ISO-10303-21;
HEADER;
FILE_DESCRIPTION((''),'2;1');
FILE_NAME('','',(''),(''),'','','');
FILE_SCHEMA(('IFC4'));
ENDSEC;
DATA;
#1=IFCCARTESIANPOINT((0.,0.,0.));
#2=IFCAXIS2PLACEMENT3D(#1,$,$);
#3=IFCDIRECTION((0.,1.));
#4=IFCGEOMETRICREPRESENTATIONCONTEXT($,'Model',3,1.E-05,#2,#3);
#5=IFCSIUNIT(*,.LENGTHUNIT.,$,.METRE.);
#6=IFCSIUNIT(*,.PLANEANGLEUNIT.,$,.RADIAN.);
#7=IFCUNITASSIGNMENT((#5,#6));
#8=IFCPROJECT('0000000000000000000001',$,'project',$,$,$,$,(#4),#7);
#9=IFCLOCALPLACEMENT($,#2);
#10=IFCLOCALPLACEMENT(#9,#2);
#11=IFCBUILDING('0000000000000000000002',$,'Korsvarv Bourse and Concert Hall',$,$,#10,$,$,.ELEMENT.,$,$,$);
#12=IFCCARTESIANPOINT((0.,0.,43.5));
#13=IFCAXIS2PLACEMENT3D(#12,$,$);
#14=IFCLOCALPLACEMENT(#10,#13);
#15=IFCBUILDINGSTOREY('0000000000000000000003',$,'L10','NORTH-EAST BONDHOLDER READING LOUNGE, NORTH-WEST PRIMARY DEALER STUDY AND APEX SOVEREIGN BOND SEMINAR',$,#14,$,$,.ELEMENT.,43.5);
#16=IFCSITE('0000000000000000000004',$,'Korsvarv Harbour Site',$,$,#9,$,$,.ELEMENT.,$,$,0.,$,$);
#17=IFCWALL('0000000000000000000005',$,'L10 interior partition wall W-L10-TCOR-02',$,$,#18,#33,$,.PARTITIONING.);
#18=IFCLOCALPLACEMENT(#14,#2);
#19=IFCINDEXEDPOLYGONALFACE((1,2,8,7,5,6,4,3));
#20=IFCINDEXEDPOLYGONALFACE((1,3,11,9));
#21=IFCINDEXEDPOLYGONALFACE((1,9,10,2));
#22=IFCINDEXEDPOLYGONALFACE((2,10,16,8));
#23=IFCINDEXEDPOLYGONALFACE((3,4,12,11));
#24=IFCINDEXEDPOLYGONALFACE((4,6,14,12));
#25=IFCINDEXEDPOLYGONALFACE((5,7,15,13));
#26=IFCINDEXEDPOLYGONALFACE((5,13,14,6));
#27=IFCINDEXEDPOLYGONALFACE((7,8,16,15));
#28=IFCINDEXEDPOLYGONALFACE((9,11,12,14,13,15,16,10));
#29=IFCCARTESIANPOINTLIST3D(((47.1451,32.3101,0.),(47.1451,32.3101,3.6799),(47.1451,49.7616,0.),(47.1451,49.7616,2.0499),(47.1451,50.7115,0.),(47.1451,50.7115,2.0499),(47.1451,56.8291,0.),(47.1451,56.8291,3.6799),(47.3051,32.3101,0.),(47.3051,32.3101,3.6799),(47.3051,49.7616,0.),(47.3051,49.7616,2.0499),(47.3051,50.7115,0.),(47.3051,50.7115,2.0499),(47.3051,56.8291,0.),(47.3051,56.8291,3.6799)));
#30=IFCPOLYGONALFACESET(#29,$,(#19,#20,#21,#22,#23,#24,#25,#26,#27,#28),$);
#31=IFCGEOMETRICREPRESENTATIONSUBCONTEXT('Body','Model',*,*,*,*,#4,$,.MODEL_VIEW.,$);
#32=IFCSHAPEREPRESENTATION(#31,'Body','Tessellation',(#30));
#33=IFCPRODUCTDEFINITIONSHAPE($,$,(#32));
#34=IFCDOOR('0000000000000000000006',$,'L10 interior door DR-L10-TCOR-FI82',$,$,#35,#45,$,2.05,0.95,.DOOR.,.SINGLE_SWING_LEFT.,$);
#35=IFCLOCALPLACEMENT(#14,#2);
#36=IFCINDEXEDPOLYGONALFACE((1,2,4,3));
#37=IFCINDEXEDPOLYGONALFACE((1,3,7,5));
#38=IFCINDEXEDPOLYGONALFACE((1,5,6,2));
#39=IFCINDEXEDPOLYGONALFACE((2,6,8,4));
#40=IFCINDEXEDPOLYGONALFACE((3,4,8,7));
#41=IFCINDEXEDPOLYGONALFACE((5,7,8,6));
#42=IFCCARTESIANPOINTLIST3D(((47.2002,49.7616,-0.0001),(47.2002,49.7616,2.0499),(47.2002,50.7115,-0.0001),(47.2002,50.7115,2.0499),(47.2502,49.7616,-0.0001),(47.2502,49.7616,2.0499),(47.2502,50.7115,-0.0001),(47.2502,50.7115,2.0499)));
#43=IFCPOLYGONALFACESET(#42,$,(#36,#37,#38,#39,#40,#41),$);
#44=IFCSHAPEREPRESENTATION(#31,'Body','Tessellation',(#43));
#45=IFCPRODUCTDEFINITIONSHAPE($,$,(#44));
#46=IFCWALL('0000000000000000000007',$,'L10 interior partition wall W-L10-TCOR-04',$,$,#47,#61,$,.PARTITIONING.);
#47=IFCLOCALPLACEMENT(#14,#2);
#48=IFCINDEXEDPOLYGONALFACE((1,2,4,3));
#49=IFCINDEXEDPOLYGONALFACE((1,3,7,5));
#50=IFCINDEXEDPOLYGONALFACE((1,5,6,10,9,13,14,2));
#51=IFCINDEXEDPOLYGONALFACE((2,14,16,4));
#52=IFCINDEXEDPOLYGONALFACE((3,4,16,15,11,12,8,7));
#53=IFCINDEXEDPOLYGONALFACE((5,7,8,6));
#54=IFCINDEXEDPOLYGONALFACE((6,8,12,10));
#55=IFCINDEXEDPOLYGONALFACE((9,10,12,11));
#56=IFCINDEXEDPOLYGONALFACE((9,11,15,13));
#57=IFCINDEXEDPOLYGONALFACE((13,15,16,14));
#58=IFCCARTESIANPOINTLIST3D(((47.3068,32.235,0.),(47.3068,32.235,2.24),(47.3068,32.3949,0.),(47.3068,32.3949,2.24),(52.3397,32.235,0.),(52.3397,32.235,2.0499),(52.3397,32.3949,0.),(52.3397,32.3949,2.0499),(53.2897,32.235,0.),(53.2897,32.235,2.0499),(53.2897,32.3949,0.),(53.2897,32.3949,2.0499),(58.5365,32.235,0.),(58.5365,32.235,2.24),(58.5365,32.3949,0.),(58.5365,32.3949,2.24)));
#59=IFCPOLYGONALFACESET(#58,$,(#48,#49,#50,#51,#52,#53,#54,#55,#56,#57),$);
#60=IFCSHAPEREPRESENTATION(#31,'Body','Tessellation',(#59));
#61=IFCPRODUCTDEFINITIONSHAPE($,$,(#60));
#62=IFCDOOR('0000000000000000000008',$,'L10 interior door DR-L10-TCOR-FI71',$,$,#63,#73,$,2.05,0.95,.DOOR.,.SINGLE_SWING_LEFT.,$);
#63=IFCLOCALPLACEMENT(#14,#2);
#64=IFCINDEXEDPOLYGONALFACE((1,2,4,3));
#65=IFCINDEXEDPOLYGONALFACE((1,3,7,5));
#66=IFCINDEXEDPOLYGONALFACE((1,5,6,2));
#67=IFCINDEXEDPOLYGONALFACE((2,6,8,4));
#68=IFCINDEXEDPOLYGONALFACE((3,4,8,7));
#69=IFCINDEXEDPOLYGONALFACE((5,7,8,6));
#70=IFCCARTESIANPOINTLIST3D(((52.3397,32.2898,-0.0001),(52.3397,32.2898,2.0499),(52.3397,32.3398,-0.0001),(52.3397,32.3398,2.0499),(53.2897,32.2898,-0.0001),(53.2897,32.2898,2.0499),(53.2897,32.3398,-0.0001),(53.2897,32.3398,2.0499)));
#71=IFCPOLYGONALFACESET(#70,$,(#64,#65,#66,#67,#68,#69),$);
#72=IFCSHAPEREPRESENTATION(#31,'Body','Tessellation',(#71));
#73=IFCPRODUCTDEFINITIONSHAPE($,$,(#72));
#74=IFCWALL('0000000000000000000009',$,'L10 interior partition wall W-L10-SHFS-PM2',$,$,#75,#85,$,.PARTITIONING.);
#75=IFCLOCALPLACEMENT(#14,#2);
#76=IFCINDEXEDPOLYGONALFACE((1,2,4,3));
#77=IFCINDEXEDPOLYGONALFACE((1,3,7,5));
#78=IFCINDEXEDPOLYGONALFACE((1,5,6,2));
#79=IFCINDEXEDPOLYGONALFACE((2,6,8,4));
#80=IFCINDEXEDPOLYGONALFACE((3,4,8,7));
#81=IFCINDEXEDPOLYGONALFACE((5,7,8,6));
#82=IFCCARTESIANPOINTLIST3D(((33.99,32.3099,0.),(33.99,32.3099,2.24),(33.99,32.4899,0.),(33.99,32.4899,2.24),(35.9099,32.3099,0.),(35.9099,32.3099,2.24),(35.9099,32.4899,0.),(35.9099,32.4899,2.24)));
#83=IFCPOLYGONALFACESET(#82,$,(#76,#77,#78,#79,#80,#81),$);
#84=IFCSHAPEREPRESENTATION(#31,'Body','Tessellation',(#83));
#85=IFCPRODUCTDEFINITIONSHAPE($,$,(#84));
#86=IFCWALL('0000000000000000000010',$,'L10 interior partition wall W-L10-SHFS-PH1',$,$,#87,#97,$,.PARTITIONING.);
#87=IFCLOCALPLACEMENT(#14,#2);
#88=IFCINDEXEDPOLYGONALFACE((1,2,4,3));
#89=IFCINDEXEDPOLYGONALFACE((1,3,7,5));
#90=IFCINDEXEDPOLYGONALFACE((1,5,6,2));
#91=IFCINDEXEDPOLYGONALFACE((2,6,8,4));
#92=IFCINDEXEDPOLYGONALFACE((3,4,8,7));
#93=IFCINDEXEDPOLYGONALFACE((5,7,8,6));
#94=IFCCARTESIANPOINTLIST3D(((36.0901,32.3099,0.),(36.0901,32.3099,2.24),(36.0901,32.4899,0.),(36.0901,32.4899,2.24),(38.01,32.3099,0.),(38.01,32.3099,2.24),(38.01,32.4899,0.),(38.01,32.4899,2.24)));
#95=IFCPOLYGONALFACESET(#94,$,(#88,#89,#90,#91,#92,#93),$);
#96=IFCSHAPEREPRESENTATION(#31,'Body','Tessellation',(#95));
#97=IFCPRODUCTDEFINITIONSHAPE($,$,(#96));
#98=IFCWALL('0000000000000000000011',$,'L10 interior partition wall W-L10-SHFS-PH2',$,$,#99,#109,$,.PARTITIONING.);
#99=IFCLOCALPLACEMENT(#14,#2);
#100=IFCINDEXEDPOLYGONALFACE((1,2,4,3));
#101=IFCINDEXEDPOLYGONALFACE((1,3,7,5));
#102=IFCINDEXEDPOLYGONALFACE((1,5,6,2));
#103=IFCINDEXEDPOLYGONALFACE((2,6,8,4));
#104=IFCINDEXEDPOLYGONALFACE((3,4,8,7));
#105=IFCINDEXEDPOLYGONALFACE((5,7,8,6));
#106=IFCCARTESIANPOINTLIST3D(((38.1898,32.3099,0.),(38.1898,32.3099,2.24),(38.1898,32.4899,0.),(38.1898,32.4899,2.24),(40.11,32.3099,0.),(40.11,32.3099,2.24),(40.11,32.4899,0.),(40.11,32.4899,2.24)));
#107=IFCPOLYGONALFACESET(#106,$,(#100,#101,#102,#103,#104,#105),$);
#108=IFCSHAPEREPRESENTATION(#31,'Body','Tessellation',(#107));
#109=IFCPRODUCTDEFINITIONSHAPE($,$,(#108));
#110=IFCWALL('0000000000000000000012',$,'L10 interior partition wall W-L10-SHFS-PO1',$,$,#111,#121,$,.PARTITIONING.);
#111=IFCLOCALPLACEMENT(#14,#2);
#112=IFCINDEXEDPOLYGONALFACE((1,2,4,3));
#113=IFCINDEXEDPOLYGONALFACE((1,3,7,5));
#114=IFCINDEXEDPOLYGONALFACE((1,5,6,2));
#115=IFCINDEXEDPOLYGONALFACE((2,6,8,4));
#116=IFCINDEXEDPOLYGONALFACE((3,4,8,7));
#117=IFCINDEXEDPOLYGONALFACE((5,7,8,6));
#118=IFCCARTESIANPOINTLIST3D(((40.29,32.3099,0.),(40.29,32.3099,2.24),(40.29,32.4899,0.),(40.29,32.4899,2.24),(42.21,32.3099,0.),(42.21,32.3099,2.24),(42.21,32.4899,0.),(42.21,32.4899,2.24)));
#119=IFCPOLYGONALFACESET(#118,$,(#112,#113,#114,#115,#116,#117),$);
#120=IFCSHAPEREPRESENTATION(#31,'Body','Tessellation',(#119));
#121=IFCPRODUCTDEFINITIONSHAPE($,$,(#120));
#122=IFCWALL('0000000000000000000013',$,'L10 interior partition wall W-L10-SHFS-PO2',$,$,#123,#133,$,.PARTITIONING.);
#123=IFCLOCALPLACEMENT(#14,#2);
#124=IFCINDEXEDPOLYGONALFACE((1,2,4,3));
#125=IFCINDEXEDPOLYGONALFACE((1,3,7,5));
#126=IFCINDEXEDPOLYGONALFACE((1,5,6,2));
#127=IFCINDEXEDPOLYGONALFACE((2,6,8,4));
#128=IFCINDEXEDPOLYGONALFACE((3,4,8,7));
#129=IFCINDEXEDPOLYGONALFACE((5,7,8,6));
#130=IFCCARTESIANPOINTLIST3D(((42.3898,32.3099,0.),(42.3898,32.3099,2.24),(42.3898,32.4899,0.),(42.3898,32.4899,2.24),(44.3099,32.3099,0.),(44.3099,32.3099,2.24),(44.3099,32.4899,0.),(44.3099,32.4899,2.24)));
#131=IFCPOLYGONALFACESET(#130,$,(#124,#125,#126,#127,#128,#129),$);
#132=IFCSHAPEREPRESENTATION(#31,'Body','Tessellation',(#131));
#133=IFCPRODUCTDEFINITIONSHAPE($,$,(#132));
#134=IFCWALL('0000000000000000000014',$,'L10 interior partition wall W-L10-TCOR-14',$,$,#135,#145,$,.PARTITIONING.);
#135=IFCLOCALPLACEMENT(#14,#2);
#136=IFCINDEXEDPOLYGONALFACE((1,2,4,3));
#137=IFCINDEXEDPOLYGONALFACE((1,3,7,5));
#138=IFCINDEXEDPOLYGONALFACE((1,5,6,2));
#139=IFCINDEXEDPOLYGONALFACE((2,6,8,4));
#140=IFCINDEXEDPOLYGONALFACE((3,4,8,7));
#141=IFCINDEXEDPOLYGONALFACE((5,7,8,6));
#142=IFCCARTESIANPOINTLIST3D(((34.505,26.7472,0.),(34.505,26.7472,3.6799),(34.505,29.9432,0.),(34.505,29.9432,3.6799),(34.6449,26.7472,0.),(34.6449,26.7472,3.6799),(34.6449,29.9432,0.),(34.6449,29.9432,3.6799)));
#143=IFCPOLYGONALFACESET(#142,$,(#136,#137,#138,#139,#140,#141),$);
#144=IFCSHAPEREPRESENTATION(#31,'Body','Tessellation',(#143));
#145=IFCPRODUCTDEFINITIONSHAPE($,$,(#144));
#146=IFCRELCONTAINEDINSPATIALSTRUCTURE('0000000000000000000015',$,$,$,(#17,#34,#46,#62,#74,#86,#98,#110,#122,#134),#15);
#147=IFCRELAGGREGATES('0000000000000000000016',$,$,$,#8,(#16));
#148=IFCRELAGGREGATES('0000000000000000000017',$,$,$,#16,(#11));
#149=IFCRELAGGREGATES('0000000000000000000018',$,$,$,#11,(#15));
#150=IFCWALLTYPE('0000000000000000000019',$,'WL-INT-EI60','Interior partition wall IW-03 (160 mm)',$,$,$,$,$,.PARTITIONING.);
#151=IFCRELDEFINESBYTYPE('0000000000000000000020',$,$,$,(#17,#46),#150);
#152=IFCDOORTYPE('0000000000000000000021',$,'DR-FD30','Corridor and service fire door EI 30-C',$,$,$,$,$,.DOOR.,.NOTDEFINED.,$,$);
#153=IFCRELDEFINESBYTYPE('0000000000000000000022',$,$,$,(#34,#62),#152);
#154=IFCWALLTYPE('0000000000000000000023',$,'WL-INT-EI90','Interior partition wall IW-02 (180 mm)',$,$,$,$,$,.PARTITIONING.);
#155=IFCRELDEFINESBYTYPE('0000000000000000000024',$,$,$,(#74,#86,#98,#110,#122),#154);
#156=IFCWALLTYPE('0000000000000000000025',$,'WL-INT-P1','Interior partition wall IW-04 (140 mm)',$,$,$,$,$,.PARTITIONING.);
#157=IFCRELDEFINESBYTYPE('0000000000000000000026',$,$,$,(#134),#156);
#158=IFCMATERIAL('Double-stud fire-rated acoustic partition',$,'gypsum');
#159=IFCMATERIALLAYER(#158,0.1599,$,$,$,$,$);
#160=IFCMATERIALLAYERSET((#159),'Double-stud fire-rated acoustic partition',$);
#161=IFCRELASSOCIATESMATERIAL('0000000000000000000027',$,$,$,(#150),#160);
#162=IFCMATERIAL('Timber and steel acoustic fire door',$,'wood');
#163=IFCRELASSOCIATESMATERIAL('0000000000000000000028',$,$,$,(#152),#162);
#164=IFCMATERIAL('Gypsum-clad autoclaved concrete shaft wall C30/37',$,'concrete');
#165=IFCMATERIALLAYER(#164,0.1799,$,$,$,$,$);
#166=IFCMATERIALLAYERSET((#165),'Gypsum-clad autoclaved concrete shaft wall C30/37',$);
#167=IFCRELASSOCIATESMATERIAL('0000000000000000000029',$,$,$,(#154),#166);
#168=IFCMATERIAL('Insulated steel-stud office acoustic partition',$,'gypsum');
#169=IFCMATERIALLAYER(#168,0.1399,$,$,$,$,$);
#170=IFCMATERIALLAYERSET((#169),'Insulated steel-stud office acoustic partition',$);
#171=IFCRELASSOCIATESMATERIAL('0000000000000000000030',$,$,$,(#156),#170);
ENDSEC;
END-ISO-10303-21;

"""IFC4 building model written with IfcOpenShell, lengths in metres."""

from ifc_helpers import new_model, si_unit, direction, frame, frame_2d, origin, place, context, subcontext, project, spatial, rectangle, extrude, material, layer, layer_set, type_object, element, fill, save


model = new_model("IFC4")

# Units and contexts
model_context = context("Model", 3, precision=1e-05, world=origin(), true_north=direction((0.0, 1.0)))
body_context = subcontext(model_context, "Body", "Model", "MODEL_VIEW")
ifc_project = project(units=[si_unit("LENGTHUNIT", "METRE"), si_unit("PLANEANGLEUNIT", "RADIAN")], contexts=[model_context])

# Site, building, storey
site_placement = place(None, origin())
site = spatial("IfcSite", under=ifc_project, at=site_placement, Name="Korsvarv Harbour Site", CompositionType="ELEMENT", RefElevation=0.0)
building_placement = place(site_placement, origin())
building = spatial("IfcBuilding", under=site, at=building_placement, Name="Korsvarv Bourse and Concert Hall", CompositionType="ELEMENT")
storey_placement = place(building_placement, frame((0.0, 0.0, 43.5)))
storey = spatial("IfcBuildingStorey", under=building, at=storey_placement, Name="L10", Description="NORTH-EAST BONDHOLDER READING LOUNGE, NORTH-WEST PRIMARY DEALER STUDY AND APEX SOVEREIGN BOND SEMINAR", CompositionType="ELEMENT", Elevation=43.5)

# Walls, openings, doors
ifc_material_1 = material(Name="Double-stud fire-rated acoustic partition", Category="gypsum")
ifc_layer_1 = layer(ifc_material_1, 0.1599)
ifc_layer_set_1 = layer_set([ifc_layer_1], Name="Double-stud fire-rated acoustic partition")
wall_type_1 = type_object("IfcWallType", Name="WL-INT-EI60", Description="Interior partition wall IW-03 (160 mm)", PredefinedType="PARTITIONING", material=ifc_layer_set_1)
wall_1_placement = place(storey_placement, frame((47.2251, 32.3101, 0.0), z_axis=(0.0, 0.0, 1.0), x_axis=(0.0, 1.0, 0.0)))
wall_1 = element("IfcWall", 1, at=wall_1_placement, inside=storey, type_object=wall_type_1, Name="L10 interior partition wall W-L10-TCOR-02", PredefinedType="PARTITIONING", context=body_context, shape_type="SweptSolid", body=[
    extrude(rectangle(XDim=24.519, YDim=0.1599, at=frame_2d((12.2595, 0.0))), origin(), (0.0, 0.0, 1.0), 3.6799),
])
opening_1_placement = place(wall_1_placement, frame((17.4514, 0.0, 0.0)))
opening_1 = element("IfcOpeningElement", 2, at=opening_1_placement, cuts=wall_1, PredefinedType="OPENING", context=body_context, shape_type="SweptSolid", body=[
    extrude(rectangle(XDim=0.95, YDim=2.05, at=frame_2d((0.4751, 1.0249))), frame((0.0, 0.0898, 0.0), z_axis=(0.0, -1.0, 0.0), x_axis=(1.0, 0.0, 0.0)), (0.0, 0.0, 1.0), 0.1799),
])
ifc_material_2 = material(Name="Timber and steel acoustic fire door", Category="wood")
door_type = type_object("IfcDoorType", Name="DR-FD30", Description="Corridor and service fire door EI 30-C", OperationType="NOTDEFINED", PredefinedType="DOOR", material=ifc_material_2)
door_1_placement = place(opening_1_placement, origin())
door_1 = element("IfcDoor", 3, at=door_1_placement, inside=storey, type_object=door_type, Name="L10 interior door DR-L10-TCOR-FI82", OperationType="SINGLE_SWING_LEFT", OverallHeight=2.05, OverallWidth=0.95, PredefinedType="DOOR", context=body_context, shape_type="SweptSolid", body=[
    extrude(rectangle(XDim=0.95, YDim=2.05, at=frame_2d((0.4751, 1.0249))), frame((0.0, 0.0249, 0.0), z_axis=(0.0, -1.0, 0.0), x_axis=(1.0, 0.0, 0.0)), (0.0, 0.0, 1.0), 0.05),
])
fill(opening_1, door_1)
wall_2_placement = place(storey_placement, frame((47.3069, 32.3149, 0.0), z_axis=(0.0, 0.0, 1.0), x_axis=(1.0, 0.0, 0.0)))
wall_2 = element("IfcWall", 4, at=wall_2_placement, inside=storey, type_object=wall_type_1, Name="L10 interior partition wall W-L10-TCOR-04", PredefinedType="PARTITIONING", context=body_context, shape_type="SweptSolid", body=[
    extrude(rectangle(XDim=11.2297, YDim=0.1599, at=frame_2d((5.6147, 0.0))), origin(), (0.0, 0.0, 1.0), 2.24),
])
opening_2_placement = place(wall_2_placement, frame((5.0327, 0.0, 0.0)))
opening_2 = element("IfcOpeningElement", 5, at=opening_2_placement, cuts=wall_2, PredefinedType="OPENING", context=body_context, shape_type="SweptSolid", body=[
    extrude(rectangle(XDim=0.95, YDim=2.05, at=frame_2d((0.4751, 1.0249))), frame((0.0, 0.0898, 0.0), z_axis=(0.0, -1.0, 0.0), x_axis=(1.0, 0.0, 0.0)), (0.0, 0.0, 1.0), 0.1799),
])
door_2_placement = place(opening_2_placement, origin())
door_2 = element("IfcDoor", 6, at=door_2_placement, inside=storey, type_object=door_type, Name="L10 interior door DR-L10-TCOR-FI71", OperationType="SINGLE_SWING_LEFT", OverallHeight=2.05, OverallWidth=0.95, PredefinedType="DOOR", context=body_context, shape_type="SweptSolid", body=[
    extrude(rectangle(XDim=0.95, YDim=2.05, at=frame_2d((0.4751, 1.0249))), frame((0.0, 0.0249, 0.0), z_axis=(0.0, -1.0, 0.0), x_axis=(1.0, 0.0, 0.0)), (0.0, 0.0, 1.0), 0.05),
])
fill(opening_2, door_2)

# Walls
ifc_material_3 = material(Name="Gypsum-clad autoclaved concrete shaft wall C30/37", Category="concrete")
ifc_layer_2 = layer(ifc_material_3, 0.1799)
ifc_layer_set_2 = layer_set([ifc_layer_2], Name="Gypsum-clad autoclaved concrete shaft wall C30/37")
wall_type_2 = type_object("IfcWallType", Name="WL-INT-EI90", Description="Interior partition wall IW-02 (180 mm)", PredefinedType="PARTITIONING", material=ifc_layer_set_2)
for number, where, z_axis, x_axis, name in (
    (7, (33.99, 32.3999, 0.0), (0.0, 0.0, 1.0), (1.0, 0.0, 0.0), "L10 interior partition wall W-L10-SHFS-PM2"),
    (8, (36.0901, 32.3999, 0.0), (0.0, 0.0, 1.0), (1.0, 0.0, 0.0), "L10 interior partition wall W-L10-SHFS-PH1"),
):
    element("IfcWall", number, at=place(storey_placement, frame(where, z_axis=z_axis, x_axis=x_axis)), inside=storey, type_object=wall_type_2, Name=name, PredefinedType="PARTITIONING", context=body_context, shape_type="SweptSolid", body=[
        extrude(rectangle(XDim=1.9199, YDim=0.1799, at=frame_2d((0.96, 0.0))), origin(), (0.0, 0.0, 1.0), 2.24),
    ])
wall_3_placement = place(storey_placement, frame((38.1899, 32.3999, 0.0), z_axis=(0.0, 0.0, 1.0), x_axis=(1.0, 0.0, 0.0)))
element("IfcWall", 9, at=wall_3_placement, inside=storey, type_object=wall_type_2, Name="L10 interior partition wall W-L10-SHFS-PH2", PredefinedType="PARTITIONING", context=body_context, shape_type="SweptSolid", body=[
    extrude(rectangle(XDim=1.9202, YDim=0.1799, at=frame_2d((0.96, 0.0))), origin(), (0.0, 0.0, 1.0), 2.24),
])
wall_4_placement = place(storey_placement, frame((40.29, 32.3999, 0.0), z_axis=(0.0, 0.0, 1.0), x_axis=(1.0, 0.0, 0.0)))
element("IfcWall", 10, at=wall_4_placement, inside=storey, type_object=wall_type_2, Name="L10 interior partition wall W-L10-SHFS-PO1", PredefinedType="PARTITIONING", context=body_context, shape_type="SweptSolid", body=[
    extrude(rectangle(XDim=1.9199, YDim=0.1799, at=frame_2d((0.96, 0.0))), origin(), (0.0, 0.0, 1.0), 2.24),
])
wall_5_placement = place(storey_placement, frame((42.3899, 32.3999, 0.0), z_axis=(0.0, 0.0, 1.0), x_axis=(1.0, 0.0, 0.0)))
element("IfcWall", 11, at=wall_5_placement, inside=storey, type_object=wall_type_2, Name="L10 interior partition wall W-L10-SHFS-PO2", PredefinedType="PARTITIONING", context=body_context, shape_type="SweptSolid", body=[
    extrude(rectangle(XDim=1.9202, YDim=0.1799, at=frame_2d((0.96, 0.0))), origin(), (0.0, 0.0, 1.0), 2.24),
])
ifc_material_4 = material(Name="Insulated steel-stud office acoustic partition", Category="gypsum")
ifc_layer_3 = layer(ifc_material_4, 0.1399)
ifc_layer_set_3 = layer_set([ifc_layer_3], Name="Insulated steel-stud office acoustic partition")
wall_type_3 = type_object("IfcWallType", Name="WL-INT-P1", Description="Interior partition wall IW-04 (140 mm)", PredefinedType="PARTITIONING", material=ifc_layer_set_3)
wall_6_placement = place(storey_placement, frame((34.575, 26.7471, 0.0), z_axis=(0.0, 0.0, 1.0), x_axis=(0.0, 1.0, 0.0)))
element("IfcWall", 12, at=wall_6_placement, inside=storey, type_object=wall_type_3, Name="L10 interior partition wall W-L10-TCOR-14", PredefinedType="PARTITIONING", context=body_context, shape_type="SweptSolid", body=[
    extrude(rectangle(XDim=3.196, YDim=0.1399, at=frame_2d((1.5981, 0.0))), origin(), (0.0, 0.0, 1.0), 3.6799),
])

save(model, "model.ifc")
